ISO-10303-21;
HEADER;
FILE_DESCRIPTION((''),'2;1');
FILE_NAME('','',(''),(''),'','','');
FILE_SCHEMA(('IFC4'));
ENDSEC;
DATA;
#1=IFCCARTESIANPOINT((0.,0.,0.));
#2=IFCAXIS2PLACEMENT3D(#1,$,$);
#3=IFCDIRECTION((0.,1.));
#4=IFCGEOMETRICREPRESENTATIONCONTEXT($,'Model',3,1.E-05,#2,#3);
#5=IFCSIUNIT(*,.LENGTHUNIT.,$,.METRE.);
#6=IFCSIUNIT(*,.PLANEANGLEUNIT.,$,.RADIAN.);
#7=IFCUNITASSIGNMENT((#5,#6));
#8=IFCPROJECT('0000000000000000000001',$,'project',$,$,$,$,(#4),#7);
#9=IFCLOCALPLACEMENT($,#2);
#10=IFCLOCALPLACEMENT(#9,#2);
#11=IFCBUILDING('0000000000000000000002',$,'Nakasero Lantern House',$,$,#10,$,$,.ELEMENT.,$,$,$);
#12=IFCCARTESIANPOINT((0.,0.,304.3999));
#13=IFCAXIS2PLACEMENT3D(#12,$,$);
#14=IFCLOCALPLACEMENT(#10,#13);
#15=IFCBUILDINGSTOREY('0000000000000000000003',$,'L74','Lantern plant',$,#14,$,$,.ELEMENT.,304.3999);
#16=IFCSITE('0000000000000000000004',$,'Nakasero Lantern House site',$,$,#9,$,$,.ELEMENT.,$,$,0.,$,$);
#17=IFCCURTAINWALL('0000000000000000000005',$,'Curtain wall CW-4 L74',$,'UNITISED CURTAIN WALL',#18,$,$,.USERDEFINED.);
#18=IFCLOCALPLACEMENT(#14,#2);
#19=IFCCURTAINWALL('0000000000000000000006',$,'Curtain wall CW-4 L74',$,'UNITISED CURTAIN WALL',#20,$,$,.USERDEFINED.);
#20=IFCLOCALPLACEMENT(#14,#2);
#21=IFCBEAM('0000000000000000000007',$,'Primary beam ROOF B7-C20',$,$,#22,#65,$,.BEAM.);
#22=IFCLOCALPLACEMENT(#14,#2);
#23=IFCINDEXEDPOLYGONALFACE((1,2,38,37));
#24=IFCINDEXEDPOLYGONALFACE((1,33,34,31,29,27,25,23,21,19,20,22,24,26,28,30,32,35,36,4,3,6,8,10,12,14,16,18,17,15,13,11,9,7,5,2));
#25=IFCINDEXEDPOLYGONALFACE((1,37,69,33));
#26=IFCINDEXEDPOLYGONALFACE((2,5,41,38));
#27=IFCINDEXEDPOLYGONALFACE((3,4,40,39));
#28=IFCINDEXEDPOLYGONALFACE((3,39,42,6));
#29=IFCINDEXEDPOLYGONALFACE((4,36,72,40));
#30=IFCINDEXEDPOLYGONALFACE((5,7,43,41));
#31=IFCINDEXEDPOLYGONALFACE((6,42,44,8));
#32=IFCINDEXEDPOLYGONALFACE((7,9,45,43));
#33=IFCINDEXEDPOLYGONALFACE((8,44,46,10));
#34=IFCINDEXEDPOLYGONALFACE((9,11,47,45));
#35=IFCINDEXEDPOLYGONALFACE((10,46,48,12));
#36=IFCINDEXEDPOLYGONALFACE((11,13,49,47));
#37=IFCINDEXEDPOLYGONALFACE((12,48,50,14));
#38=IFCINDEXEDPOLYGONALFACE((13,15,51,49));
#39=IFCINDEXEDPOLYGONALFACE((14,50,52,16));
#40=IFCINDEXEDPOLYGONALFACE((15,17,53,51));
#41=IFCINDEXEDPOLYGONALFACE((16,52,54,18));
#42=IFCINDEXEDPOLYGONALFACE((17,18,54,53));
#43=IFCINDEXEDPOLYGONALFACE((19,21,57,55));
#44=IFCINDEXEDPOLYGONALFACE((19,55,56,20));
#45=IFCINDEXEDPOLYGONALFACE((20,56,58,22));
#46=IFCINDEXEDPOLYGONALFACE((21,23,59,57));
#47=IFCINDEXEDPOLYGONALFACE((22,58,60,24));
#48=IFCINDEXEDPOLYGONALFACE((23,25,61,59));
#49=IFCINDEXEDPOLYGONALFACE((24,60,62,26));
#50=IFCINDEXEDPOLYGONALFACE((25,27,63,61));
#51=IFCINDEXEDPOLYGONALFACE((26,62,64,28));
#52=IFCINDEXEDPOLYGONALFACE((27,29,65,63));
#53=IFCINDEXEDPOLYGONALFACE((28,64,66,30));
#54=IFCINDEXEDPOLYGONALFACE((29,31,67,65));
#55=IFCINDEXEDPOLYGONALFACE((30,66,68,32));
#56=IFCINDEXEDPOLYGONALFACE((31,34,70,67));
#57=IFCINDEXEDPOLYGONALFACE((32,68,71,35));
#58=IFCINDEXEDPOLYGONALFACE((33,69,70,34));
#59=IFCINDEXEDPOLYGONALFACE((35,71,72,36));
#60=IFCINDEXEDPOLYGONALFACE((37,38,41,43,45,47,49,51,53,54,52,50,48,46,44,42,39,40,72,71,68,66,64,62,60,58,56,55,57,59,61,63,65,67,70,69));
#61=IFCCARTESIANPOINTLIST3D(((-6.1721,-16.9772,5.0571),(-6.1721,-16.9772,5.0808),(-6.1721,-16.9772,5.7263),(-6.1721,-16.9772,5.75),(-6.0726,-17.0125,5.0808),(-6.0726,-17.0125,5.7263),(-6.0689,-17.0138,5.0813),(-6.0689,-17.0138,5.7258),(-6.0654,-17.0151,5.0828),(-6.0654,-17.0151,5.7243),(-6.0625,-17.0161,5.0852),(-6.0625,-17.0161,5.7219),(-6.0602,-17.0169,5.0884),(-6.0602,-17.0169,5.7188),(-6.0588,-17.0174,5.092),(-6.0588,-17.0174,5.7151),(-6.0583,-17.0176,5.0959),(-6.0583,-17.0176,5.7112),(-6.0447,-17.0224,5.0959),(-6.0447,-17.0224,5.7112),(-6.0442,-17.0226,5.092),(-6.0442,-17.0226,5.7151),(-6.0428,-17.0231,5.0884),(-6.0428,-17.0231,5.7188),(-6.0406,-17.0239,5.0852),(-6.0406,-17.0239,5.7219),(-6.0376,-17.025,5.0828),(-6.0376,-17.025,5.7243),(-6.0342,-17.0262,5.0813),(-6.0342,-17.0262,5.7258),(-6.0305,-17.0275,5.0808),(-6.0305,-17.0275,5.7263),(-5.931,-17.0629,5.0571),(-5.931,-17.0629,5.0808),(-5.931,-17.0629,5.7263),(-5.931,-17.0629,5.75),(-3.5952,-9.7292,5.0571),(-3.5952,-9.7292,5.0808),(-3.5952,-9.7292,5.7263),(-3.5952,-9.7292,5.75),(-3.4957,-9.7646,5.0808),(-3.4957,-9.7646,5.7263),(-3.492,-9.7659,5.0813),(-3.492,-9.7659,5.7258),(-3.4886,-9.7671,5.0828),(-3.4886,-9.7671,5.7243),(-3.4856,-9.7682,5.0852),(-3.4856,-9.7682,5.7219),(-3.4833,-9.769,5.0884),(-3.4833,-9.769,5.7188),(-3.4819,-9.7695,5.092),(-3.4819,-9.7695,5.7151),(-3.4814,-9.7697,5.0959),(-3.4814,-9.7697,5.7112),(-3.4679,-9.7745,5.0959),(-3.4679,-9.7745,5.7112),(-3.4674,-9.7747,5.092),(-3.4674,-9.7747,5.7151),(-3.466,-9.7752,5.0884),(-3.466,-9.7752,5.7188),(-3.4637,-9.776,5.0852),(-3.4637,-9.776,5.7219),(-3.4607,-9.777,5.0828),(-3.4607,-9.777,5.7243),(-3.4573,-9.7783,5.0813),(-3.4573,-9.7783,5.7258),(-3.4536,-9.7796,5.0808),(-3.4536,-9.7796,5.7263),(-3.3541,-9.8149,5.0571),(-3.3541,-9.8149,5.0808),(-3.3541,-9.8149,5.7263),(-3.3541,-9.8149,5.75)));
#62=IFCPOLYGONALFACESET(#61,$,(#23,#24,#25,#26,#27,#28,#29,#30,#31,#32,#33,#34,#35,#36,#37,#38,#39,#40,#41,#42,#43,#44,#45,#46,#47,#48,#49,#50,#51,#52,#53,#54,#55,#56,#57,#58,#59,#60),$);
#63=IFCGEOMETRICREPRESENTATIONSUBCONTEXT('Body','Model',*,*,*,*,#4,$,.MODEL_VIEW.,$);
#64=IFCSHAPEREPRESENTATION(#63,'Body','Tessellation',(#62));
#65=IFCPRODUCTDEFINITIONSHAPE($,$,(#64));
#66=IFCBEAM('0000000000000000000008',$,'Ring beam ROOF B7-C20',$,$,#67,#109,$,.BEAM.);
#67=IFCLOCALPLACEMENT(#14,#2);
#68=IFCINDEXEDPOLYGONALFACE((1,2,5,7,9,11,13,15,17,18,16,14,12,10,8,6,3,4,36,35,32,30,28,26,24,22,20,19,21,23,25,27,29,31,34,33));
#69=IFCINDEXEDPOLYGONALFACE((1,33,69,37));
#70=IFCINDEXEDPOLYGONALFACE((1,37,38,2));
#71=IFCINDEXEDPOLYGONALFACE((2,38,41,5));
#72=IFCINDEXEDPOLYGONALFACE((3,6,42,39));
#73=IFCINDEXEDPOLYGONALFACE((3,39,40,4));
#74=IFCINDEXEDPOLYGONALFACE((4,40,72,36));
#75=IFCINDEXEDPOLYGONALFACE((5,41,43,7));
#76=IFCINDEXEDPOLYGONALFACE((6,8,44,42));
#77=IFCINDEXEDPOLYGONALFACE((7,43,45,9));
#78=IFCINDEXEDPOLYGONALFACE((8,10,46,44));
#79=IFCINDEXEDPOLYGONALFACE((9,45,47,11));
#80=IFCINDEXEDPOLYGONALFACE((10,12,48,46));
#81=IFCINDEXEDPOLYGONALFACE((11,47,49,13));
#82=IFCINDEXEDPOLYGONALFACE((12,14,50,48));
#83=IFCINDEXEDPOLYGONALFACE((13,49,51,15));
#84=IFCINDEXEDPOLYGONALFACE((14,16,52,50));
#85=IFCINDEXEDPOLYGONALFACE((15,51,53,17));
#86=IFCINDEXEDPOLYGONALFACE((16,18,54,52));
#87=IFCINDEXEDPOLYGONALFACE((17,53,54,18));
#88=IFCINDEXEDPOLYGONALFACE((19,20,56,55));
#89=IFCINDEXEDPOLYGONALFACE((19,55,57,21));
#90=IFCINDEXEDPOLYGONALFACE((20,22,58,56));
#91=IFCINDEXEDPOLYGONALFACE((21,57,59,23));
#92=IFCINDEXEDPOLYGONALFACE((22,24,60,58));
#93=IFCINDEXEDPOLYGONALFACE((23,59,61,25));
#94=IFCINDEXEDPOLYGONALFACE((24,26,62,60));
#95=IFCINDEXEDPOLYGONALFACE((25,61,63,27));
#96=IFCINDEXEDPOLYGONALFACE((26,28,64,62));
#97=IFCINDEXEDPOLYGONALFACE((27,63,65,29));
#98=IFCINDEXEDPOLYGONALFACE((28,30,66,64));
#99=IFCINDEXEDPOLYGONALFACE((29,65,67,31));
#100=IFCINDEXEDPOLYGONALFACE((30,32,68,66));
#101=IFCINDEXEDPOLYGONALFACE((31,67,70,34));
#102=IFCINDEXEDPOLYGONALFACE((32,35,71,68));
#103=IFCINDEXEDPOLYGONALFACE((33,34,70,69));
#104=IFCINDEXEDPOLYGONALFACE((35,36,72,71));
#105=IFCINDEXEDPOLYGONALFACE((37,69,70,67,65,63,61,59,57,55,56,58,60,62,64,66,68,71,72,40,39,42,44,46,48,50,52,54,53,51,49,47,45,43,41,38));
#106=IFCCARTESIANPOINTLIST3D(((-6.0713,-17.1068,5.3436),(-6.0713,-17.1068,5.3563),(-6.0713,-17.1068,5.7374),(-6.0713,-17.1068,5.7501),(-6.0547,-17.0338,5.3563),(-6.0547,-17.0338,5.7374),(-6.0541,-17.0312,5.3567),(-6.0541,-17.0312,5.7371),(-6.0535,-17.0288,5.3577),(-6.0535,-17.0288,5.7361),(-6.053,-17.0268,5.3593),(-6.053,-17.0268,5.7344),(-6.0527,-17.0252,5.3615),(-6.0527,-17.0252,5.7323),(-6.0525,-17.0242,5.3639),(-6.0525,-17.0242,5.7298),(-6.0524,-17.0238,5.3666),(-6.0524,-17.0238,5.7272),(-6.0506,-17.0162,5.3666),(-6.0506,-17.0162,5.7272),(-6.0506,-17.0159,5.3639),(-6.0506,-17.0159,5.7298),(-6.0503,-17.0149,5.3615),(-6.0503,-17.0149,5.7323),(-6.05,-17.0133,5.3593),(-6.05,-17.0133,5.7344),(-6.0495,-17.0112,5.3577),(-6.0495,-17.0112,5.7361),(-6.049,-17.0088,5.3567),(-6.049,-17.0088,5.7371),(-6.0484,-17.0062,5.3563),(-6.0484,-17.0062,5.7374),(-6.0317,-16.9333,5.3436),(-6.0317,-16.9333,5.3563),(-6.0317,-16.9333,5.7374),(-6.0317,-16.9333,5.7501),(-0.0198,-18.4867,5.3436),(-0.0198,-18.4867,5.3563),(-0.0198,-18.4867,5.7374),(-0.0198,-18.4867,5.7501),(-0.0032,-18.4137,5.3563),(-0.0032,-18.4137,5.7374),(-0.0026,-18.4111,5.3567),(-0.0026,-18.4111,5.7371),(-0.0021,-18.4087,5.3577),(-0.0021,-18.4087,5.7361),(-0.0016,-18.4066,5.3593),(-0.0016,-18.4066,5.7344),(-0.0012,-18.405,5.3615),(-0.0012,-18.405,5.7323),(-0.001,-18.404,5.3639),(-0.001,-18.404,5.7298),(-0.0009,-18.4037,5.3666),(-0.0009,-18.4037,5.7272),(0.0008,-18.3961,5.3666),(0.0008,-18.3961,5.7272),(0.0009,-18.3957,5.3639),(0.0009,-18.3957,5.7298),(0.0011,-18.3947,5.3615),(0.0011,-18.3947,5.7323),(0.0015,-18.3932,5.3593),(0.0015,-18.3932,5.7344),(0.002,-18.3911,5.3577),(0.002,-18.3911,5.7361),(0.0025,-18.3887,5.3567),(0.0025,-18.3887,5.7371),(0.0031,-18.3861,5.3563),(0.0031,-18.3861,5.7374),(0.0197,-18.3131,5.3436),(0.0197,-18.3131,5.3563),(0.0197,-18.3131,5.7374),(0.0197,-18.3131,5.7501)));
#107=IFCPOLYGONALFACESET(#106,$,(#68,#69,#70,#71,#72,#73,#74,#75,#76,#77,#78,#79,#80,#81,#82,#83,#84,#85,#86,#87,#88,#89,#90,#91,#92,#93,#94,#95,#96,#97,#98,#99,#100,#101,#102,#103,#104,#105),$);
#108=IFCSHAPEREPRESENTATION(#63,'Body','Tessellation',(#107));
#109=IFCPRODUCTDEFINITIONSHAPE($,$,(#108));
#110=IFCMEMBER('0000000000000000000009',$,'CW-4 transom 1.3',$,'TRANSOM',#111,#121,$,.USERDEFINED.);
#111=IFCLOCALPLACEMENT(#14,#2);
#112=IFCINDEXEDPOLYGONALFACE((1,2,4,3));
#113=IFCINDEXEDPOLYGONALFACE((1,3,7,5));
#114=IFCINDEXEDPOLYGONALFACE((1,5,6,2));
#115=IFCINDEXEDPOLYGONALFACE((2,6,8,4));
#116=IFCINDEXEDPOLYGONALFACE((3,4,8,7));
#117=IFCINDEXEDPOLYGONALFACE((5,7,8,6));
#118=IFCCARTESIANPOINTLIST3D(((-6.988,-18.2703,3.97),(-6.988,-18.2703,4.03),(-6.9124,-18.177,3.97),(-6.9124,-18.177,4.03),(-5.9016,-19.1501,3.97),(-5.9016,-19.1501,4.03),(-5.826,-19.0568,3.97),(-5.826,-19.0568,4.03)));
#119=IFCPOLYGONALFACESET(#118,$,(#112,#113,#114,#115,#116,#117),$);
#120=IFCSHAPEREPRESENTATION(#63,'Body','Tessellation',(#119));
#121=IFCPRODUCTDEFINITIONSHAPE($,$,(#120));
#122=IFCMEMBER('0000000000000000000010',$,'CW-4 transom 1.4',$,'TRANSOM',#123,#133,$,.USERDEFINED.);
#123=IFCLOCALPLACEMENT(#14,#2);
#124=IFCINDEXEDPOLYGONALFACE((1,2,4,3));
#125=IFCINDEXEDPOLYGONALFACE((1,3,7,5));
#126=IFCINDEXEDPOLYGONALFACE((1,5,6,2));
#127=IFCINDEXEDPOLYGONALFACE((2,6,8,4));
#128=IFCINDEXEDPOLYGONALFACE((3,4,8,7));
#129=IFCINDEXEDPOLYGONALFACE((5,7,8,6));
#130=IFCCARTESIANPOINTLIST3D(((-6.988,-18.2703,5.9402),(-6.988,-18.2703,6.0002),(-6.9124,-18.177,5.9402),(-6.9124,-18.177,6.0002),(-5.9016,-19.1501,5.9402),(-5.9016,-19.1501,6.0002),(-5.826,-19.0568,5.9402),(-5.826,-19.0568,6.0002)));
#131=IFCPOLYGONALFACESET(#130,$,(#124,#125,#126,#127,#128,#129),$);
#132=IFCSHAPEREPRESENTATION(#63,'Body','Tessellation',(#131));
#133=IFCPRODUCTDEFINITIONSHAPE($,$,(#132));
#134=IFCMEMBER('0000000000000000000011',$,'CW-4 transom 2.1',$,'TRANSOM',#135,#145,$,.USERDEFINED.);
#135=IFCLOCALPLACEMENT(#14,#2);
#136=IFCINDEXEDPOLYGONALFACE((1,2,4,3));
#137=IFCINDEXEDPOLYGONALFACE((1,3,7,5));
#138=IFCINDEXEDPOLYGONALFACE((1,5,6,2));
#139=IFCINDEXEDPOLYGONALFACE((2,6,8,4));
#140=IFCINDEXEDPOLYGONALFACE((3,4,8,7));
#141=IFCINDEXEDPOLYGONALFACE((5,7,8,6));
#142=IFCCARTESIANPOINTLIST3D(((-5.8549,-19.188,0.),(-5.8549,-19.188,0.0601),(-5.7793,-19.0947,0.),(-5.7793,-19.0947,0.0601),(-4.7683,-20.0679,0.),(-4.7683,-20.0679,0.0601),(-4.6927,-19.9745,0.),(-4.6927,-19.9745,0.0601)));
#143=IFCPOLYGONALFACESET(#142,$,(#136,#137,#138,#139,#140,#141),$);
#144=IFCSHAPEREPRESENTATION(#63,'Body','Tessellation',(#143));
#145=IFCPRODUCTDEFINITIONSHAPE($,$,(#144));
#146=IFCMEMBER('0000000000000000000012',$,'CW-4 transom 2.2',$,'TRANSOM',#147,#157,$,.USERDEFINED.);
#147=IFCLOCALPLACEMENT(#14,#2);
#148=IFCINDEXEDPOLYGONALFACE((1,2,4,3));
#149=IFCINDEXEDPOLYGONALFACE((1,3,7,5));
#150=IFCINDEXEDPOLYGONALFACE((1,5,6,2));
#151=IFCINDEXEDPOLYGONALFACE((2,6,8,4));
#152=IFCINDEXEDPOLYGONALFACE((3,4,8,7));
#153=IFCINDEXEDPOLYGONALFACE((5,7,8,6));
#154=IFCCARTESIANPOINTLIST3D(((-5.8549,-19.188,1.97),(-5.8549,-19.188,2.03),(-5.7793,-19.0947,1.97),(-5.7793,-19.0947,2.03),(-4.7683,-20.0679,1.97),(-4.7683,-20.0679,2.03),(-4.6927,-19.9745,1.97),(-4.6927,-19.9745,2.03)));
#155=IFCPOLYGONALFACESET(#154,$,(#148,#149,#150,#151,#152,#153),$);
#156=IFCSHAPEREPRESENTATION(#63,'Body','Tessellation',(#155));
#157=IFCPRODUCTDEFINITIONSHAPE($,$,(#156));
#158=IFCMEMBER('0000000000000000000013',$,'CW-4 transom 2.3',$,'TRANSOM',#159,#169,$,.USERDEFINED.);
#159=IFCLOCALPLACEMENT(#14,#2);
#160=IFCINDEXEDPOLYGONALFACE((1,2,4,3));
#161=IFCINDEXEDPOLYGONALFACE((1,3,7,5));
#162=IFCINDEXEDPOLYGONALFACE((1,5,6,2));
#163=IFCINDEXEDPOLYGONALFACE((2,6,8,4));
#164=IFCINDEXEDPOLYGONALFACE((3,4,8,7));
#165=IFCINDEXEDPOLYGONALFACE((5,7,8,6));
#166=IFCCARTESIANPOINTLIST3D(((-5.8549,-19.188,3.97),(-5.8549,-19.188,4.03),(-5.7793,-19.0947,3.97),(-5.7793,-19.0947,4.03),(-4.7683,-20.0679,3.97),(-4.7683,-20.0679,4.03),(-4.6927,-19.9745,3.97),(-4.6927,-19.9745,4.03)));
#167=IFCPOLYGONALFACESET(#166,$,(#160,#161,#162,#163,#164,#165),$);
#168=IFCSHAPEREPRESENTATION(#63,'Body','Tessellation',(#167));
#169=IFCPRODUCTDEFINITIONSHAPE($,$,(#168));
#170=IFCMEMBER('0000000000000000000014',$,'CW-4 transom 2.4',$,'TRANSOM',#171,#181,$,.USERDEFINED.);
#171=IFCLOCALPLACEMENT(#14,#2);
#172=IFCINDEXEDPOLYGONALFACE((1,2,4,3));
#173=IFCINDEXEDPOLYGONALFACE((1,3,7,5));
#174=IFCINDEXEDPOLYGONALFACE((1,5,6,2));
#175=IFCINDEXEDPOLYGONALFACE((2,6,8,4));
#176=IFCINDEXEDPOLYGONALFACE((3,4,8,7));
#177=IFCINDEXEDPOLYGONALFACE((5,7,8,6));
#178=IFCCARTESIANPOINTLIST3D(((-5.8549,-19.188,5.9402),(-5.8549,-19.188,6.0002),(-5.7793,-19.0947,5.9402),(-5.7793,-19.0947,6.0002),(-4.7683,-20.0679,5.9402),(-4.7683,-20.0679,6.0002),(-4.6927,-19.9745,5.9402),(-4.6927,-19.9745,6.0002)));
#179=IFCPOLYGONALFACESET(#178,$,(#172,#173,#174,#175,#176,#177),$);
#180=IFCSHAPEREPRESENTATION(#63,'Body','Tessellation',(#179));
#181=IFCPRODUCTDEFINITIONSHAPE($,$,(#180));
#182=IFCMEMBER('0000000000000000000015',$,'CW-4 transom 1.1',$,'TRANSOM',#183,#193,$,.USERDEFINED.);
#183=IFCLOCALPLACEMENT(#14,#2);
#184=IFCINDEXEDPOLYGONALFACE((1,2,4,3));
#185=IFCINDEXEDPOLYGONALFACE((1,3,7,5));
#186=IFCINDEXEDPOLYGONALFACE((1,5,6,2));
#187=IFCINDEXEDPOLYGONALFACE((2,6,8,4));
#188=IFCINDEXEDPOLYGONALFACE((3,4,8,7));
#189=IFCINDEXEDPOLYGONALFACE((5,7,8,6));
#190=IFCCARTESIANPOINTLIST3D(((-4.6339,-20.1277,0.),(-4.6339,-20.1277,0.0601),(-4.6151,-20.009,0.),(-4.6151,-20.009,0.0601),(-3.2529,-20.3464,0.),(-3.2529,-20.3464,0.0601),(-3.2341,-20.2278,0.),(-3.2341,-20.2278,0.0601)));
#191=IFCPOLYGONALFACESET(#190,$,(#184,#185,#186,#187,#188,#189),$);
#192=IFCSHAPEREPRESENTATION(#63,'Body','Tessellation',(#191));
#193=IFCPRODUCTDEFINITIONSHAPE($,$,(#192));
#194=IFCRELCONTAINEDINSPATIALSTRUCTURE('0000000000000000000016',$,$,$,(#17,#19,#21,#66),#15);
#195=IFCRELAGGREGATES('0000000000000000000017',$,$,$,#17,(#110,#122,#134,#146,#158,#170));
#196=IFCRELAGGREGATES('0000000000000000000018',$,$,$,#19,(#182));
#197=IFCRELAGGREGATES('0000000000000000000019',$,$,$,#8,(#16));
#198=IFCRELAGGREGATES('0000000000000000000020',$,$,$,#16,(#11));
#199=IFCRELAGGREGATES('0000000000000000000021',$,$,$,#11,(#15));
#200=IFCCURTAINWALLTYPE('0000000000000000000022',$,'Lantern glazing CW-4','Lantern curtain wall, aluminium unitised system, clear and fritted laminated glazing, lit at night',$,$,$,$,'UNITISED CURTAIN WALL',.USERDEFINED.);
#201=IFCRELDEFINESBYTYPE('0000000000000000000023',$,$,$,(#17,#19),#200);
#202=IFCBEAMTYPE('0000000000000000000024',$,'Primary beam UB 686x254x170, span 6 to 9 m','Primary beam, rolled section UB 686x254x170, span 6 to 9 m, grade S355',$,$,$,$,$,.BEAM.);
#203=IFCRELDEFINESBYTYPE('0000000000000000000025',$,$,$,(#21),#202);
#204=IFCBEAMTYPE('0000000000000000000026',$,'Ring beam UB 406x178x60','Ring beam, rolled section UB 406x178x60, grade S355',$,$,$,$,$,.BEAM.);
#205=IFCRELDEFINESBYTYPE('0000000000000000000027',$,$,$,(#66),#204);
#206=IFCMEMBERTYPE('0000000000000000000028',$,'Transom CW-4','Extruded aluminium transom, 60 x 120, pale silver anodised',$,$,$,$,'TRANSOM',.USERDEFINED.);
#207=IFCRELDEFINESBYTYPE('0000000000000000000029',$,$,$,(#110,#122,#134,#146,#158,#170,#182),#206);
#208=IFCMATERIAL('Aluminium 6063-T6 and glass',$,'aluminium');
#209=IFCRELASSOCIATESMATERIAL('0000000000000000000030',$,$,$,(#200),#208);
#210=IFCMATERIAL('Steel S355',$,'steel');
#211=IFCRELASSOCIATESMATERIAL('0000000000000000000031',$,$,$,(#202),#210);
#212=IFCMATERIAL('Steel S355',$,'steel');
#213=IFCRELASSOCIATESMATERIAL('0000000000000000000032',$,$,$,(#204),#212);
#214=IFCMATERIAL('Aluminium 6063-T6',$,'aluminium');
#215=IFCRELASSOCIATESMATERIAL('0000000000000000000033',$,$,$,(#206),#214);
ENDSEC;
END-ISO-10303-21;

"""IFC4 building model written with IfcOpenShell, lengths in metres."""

from ifc_helpers import new_model, si_unit, direction, frame, origin, origin_2d, place, context, subcontext, project, spatial, rectangle, i_section, extrude, material, material_profile, profile_set, type_object, element, aggregate, save


model = new_model("IFC4")

# Units and contexts
model_context = context("Model", 3, precision=1e-05, world=origin(), true_north=direction((0.0, 1.0)))
body_context = subcontext(model_context, "Body", "Model", "MODEL_VIEW")
ifc_project = project(units=[si_unit("LENGTHUNIT", "METRE"), si_unit("PLANEANGLEUNIT", "RADIAN")], contexts=[model_context])

# Site, building, storey
site_placement = place(None, origin())
site = spatial("IfcSite", under=ifc_project, at=site_placement, Name="Nakasero Lantern House site", CompositionType="ELEMENT", RefElevation=0.0)
building_placement = place(site_placement, origin())
building = spatial("IfcBuilding", under=site, at=building_placement, Name="Nakasero Lantern House", CompositionType="ELEMENT")
storey_placement = place(building_placement, frame((0.0, 0.0, 304.3999)))
storey = spatial("IfcBuildingStorey", under=building, at=storey_placement, Name="L74", Description="Lantern plant", CompositionType="ELEMENT", Elevation=304.3999)

# Curtain wall
ifc_material_1 = material(Name="Aluminium 6063-T6 and glass", Category="aluminium")
curtain_wall_type = type_object("IfcCurtainWallType", Name="Lantern glazing CW-4", Description="Lantern curtain wall, aluminium unitised system, clear and fritted laminated glazing, lit at night", ElementType="UNITISED CURTAIN WALL", PredefinedType="USERDEFINED", material=ifc_material_1)
curtain_wall_1_placement = place(storey_placement, origin())
curtain_wall_1 = element("IfcCurtainWall", 1, at=curtain_wall_1_placement, inside=storey, type_object=curtain_wall_type, Name="Curtain wall CW-4 L74", ObjectType="UNITISED CURTAIN WALL", PredefinedType="USERDEFINED")

# Curtain wall
curtain_wall_2_placement = place(storey_placement, origin())
curtain_wall_2 = element("IfcCurtainWall", 2, at=curtain_wall_2_placement, inside=storey, type_object=curtain_wall_type, Name="Curtain wall CW-4 L74", ObjectType="UNITISED CURTAIN WALL", PredefinedType="USERDEFINED")

# Beams
ifc_material_2 = material(Name="Steel S355", Category="steel")
ifc_material_profile_1 = material_profile(ifc_material_2, i_section(OverallWidth=0.2559, OverallDepth=0.6929, WebThickness=0.0144, FlangeThickness=0.0237, FilletRadius=0.0151, at=origin_2d()), Name="UB 686x254x170")
ifc_profile_set_1 = profile_set([ifc_material_profile_1], Name="Steel S355")
beam_type_1 = type_object("IfcBeamType", Name="Primary beam UB 686x254x170, span 6 to 9 m", Description="Primary beam, rolled section UB 686x254x170, span 6 to 9 m, grade S355", PredefinedType="BEAM", material=ifc_profile_set_1)
beam_1_placement = place(storey_placement, frame((-6.0515, -17.02, 5.4036), z_axis=(0.334989, 0.942222, 0.0), x_axis=(-0.942222, 0.334989, 0.0)))
element("IfcBeam", 3, at=beam_1_placement, inside=storey, type_object=beam_type_1, Name="Primary beam ROOF B7-C20", PredefinedType="BEAM", context=body_context, shape_type="SweptSolid", body=[
    extrude(i_section(OverallWidth=0.2559, OverallDepth=0.6929, WebThickness=0.0144, FlangeThickness=0.0237, FilletRadius=0.0151, at=origin_2d()), origin(), (0.0, 0.0, 1.0), 7.6924),
])
ifc_material_3 = material(Name="Steel S355", Category="steel")
ifc_material_profile_2 = material_profile(ifc_material_3, i_section(OverallWidth=0.178, OverallDepth=0.4065, WebThickness=0.0078, FlangeThickness=0.0127, FilletRadius=0.0103, at=origin_2d()), Name="UB 406x178x60")
ifc_profile_set_2 = profile_set([ifc_material_profile_2], Name="Steel S355")
beam_type_2 = type_object("IfcBeamType", Name="Ring beam UB 406x178x60", Description="Ring beam, rolled section UB 406x178x60, grade S355", PredefinedType="BEAM", material=ifc_profile_set_2)
beam_2_placement = place(storey_placement, frame((-6.0515, -17.02, 5.5469), z_axis=(0.974975, -0.222316, 0.0), x_axis=(0.222316, 0.974975, 0.0)))
element("IfcBeam", 4, at=beam_2_placement, inside=storey, type_object=beam_type_2, Name="Ring beam ROOF B7-C20", PredefinedType="BEAM", context=body_context, shape_type="SweptSolid", body=[
    extrude(i_section(OverallWidth=0.178, OverallDepth=0.4065, WebThickness=0.0078, FlangeThickness=0.0127, FilletRadius=0.0103, at=origin_2d()), origin(), (0.0, 0.0, 1.0), 6.2068),
])

# Members
ifc_material_4 = material(Name="Aluminium 6063-T6", Category="aluminium")
ifc_material_profile_3 = material_profile(ifc_material_4, rectangle(XDim=0.0601, YDim=0.1201, at=origin_2d()), Name="CW-4 transom 60x120")
ifc_profile_set_3 = profile_set([ifc_material_profile_3], Name="Aluminium 6063-T6")
member_type_1 = type_object("IfcMemberType", Name="Transom CW-4", Description="Extruded aluminium transom, 60 x 120, pale silver anodised", ElementType="TRANSOM", PredefinedType="USERDEFINED", material=ifc_profile_set_3)
member_1_placement = place(storey_placement, frame((-6.9502, -18.2236, 4.0), z_axis=(0.777107, -0.629369, 0.0), x_axis=(0.0, 0.0, 1.0)))
member_1 = element("IfcMember", 5, at=member_1_placement, type_object=member_type_1, Name="CW-4 transom 1.3", ObjectType="TRANSOM", PredefinedType="USERDEFINED", context=body_context, shape_type="SweptSolid", body=[
    extrude(rectangle(XDim=0.0601, YDim=0.1201, at=origin_2d()), origin(), (0.0, 0.0, 1.0), 1.3979),
])
member_2_placement = place(storey_placement, frame((-6.9502, -18.2236, 5.9702), z_axis=(0.777107, -0.629369, 0.0), x_axis=(0.0, 0.0, 1.0)))
member_2 = element("IfcMember", 6, at=member_2_placement, type_object=member_type_1, Name="CW-4 transom 1.4", ObjectType="TRANSOM", PredefinedType="USERDEFINED", context=body_context, shape_type="SweptSolid", body=[
    extrude(rectangle(XDim=0.0601, YDim=0.1201, at=origin_2d()), origin(), (0.0, 0.0, 1.0), 1.3979),
])
member_3_placement = place(storey_placement, frame((-5.8171, -19.1414, 0.03), z_axis=(0.777176, -0.629284, 0.0), x_axis=(0.0, 0.0, 1.0)))
member_3 = element("IfcMember", 7, at=member_3_placement, type_object=member_type_1, Name="CW-4 transom 2.1", ObjectType="TRANSOM", PredefinedType="USERDEFINED", context=body_context, shape_type="SweptSolid", body=[
    extrude(rectangle(XDim=0.0601, YDim=0.1201, at=origin_2d()), origin(), (0.0, 0.0, 1.0), 1.3982),
])
member_4_placement = place(storey_placement, frame((-5.8171, -19.1414, 2.0), z_axis=(0.777176, -0.629284, 0.0), x_axis=(0.0, 0.0, 1.0)))
member_4 = element("IfcMember", 8, at=member_4_placement, type_object=member_type_1, Name="CW-4 transom 2.2", ObjectType="TRANSOM", PredefinedType="USERDEFINED", context=body_context, shape_type="SweptSolid", body=[
    extrude(rectangle(XDim=0.0601, YDim=0.1201, at=origin_2d()), origin(), (0.0, 0.0, 1.0), 1.3982),
])
member_5_placement = place(storey_placement, frame((-5.8171, -19.1414, 4.0), z_axis=(0.777176, -0.629284, 0.0), x_axis=(0.0, 0.0, 1.0)))
member_5 = element("IfcMember", 9, at=member_5_placement, type_object=member_type_1, Name="CW-4 transom 2.3", ObjectType="TRANSOM", PredefinedType="USERDEFINED", context=body_context, shape_type="SweptSolid", body=[
    extrude(rectangle(XDim=0.0601, YDim=0.1201, at=origin_2d()), origin(), (0.0, 0.0, 1.0), 1.3982),
])
member_6_placement = place(storey_placement, frame((-5.8171, -19.1414, 5.9702), z_axis=(0.777176, -0.629284, 0.0), x_axis=(0.0, 0.0, 1.0)))
member_6 = element("IfcMember", 10, at=member_6_placement, type_object=member_type_1, Name="CW-4 transom 2.4", ObjectType="TRANSOM", PredefinedType="USERDEFINED", context=body_context, shape_type="SweptSolid", body=[
    extrude(rectangle(XDim=0.0601, YDim=0.1201, at=origin_2d()), origin(), (0.0, 0.0, 1.0), 1.3982),
])
member_7_placement = place(storey_placement, frame((-4.6245, -20.0684, 0.03), z_axis=(0.987684, -0.156465, 0.0), x_axis=(0.0, 0.0, 1.0)))
member_7 = element("IfcMember", 11, at=member_7_placement, type_object=member_type_1, Name="CW-4 transom 1.1", ObjectType="TRANSOM", PredefinedType="USERDEFINED", context=body_context, shape_type="SweptSolid", body=[
    extrude(rectangle(XDim=0.0601, YDim=0.1201, at=origin_2d()), origin(), (0.0, 0.0, 1.0), 1.3982),
])

aggregate(curtain_wall_1, [member_1, member_2, member_3, member_4, member_5, member_6])
aggregate(curtain_wall_2, [member_7])

save(model, "model.ifc")
